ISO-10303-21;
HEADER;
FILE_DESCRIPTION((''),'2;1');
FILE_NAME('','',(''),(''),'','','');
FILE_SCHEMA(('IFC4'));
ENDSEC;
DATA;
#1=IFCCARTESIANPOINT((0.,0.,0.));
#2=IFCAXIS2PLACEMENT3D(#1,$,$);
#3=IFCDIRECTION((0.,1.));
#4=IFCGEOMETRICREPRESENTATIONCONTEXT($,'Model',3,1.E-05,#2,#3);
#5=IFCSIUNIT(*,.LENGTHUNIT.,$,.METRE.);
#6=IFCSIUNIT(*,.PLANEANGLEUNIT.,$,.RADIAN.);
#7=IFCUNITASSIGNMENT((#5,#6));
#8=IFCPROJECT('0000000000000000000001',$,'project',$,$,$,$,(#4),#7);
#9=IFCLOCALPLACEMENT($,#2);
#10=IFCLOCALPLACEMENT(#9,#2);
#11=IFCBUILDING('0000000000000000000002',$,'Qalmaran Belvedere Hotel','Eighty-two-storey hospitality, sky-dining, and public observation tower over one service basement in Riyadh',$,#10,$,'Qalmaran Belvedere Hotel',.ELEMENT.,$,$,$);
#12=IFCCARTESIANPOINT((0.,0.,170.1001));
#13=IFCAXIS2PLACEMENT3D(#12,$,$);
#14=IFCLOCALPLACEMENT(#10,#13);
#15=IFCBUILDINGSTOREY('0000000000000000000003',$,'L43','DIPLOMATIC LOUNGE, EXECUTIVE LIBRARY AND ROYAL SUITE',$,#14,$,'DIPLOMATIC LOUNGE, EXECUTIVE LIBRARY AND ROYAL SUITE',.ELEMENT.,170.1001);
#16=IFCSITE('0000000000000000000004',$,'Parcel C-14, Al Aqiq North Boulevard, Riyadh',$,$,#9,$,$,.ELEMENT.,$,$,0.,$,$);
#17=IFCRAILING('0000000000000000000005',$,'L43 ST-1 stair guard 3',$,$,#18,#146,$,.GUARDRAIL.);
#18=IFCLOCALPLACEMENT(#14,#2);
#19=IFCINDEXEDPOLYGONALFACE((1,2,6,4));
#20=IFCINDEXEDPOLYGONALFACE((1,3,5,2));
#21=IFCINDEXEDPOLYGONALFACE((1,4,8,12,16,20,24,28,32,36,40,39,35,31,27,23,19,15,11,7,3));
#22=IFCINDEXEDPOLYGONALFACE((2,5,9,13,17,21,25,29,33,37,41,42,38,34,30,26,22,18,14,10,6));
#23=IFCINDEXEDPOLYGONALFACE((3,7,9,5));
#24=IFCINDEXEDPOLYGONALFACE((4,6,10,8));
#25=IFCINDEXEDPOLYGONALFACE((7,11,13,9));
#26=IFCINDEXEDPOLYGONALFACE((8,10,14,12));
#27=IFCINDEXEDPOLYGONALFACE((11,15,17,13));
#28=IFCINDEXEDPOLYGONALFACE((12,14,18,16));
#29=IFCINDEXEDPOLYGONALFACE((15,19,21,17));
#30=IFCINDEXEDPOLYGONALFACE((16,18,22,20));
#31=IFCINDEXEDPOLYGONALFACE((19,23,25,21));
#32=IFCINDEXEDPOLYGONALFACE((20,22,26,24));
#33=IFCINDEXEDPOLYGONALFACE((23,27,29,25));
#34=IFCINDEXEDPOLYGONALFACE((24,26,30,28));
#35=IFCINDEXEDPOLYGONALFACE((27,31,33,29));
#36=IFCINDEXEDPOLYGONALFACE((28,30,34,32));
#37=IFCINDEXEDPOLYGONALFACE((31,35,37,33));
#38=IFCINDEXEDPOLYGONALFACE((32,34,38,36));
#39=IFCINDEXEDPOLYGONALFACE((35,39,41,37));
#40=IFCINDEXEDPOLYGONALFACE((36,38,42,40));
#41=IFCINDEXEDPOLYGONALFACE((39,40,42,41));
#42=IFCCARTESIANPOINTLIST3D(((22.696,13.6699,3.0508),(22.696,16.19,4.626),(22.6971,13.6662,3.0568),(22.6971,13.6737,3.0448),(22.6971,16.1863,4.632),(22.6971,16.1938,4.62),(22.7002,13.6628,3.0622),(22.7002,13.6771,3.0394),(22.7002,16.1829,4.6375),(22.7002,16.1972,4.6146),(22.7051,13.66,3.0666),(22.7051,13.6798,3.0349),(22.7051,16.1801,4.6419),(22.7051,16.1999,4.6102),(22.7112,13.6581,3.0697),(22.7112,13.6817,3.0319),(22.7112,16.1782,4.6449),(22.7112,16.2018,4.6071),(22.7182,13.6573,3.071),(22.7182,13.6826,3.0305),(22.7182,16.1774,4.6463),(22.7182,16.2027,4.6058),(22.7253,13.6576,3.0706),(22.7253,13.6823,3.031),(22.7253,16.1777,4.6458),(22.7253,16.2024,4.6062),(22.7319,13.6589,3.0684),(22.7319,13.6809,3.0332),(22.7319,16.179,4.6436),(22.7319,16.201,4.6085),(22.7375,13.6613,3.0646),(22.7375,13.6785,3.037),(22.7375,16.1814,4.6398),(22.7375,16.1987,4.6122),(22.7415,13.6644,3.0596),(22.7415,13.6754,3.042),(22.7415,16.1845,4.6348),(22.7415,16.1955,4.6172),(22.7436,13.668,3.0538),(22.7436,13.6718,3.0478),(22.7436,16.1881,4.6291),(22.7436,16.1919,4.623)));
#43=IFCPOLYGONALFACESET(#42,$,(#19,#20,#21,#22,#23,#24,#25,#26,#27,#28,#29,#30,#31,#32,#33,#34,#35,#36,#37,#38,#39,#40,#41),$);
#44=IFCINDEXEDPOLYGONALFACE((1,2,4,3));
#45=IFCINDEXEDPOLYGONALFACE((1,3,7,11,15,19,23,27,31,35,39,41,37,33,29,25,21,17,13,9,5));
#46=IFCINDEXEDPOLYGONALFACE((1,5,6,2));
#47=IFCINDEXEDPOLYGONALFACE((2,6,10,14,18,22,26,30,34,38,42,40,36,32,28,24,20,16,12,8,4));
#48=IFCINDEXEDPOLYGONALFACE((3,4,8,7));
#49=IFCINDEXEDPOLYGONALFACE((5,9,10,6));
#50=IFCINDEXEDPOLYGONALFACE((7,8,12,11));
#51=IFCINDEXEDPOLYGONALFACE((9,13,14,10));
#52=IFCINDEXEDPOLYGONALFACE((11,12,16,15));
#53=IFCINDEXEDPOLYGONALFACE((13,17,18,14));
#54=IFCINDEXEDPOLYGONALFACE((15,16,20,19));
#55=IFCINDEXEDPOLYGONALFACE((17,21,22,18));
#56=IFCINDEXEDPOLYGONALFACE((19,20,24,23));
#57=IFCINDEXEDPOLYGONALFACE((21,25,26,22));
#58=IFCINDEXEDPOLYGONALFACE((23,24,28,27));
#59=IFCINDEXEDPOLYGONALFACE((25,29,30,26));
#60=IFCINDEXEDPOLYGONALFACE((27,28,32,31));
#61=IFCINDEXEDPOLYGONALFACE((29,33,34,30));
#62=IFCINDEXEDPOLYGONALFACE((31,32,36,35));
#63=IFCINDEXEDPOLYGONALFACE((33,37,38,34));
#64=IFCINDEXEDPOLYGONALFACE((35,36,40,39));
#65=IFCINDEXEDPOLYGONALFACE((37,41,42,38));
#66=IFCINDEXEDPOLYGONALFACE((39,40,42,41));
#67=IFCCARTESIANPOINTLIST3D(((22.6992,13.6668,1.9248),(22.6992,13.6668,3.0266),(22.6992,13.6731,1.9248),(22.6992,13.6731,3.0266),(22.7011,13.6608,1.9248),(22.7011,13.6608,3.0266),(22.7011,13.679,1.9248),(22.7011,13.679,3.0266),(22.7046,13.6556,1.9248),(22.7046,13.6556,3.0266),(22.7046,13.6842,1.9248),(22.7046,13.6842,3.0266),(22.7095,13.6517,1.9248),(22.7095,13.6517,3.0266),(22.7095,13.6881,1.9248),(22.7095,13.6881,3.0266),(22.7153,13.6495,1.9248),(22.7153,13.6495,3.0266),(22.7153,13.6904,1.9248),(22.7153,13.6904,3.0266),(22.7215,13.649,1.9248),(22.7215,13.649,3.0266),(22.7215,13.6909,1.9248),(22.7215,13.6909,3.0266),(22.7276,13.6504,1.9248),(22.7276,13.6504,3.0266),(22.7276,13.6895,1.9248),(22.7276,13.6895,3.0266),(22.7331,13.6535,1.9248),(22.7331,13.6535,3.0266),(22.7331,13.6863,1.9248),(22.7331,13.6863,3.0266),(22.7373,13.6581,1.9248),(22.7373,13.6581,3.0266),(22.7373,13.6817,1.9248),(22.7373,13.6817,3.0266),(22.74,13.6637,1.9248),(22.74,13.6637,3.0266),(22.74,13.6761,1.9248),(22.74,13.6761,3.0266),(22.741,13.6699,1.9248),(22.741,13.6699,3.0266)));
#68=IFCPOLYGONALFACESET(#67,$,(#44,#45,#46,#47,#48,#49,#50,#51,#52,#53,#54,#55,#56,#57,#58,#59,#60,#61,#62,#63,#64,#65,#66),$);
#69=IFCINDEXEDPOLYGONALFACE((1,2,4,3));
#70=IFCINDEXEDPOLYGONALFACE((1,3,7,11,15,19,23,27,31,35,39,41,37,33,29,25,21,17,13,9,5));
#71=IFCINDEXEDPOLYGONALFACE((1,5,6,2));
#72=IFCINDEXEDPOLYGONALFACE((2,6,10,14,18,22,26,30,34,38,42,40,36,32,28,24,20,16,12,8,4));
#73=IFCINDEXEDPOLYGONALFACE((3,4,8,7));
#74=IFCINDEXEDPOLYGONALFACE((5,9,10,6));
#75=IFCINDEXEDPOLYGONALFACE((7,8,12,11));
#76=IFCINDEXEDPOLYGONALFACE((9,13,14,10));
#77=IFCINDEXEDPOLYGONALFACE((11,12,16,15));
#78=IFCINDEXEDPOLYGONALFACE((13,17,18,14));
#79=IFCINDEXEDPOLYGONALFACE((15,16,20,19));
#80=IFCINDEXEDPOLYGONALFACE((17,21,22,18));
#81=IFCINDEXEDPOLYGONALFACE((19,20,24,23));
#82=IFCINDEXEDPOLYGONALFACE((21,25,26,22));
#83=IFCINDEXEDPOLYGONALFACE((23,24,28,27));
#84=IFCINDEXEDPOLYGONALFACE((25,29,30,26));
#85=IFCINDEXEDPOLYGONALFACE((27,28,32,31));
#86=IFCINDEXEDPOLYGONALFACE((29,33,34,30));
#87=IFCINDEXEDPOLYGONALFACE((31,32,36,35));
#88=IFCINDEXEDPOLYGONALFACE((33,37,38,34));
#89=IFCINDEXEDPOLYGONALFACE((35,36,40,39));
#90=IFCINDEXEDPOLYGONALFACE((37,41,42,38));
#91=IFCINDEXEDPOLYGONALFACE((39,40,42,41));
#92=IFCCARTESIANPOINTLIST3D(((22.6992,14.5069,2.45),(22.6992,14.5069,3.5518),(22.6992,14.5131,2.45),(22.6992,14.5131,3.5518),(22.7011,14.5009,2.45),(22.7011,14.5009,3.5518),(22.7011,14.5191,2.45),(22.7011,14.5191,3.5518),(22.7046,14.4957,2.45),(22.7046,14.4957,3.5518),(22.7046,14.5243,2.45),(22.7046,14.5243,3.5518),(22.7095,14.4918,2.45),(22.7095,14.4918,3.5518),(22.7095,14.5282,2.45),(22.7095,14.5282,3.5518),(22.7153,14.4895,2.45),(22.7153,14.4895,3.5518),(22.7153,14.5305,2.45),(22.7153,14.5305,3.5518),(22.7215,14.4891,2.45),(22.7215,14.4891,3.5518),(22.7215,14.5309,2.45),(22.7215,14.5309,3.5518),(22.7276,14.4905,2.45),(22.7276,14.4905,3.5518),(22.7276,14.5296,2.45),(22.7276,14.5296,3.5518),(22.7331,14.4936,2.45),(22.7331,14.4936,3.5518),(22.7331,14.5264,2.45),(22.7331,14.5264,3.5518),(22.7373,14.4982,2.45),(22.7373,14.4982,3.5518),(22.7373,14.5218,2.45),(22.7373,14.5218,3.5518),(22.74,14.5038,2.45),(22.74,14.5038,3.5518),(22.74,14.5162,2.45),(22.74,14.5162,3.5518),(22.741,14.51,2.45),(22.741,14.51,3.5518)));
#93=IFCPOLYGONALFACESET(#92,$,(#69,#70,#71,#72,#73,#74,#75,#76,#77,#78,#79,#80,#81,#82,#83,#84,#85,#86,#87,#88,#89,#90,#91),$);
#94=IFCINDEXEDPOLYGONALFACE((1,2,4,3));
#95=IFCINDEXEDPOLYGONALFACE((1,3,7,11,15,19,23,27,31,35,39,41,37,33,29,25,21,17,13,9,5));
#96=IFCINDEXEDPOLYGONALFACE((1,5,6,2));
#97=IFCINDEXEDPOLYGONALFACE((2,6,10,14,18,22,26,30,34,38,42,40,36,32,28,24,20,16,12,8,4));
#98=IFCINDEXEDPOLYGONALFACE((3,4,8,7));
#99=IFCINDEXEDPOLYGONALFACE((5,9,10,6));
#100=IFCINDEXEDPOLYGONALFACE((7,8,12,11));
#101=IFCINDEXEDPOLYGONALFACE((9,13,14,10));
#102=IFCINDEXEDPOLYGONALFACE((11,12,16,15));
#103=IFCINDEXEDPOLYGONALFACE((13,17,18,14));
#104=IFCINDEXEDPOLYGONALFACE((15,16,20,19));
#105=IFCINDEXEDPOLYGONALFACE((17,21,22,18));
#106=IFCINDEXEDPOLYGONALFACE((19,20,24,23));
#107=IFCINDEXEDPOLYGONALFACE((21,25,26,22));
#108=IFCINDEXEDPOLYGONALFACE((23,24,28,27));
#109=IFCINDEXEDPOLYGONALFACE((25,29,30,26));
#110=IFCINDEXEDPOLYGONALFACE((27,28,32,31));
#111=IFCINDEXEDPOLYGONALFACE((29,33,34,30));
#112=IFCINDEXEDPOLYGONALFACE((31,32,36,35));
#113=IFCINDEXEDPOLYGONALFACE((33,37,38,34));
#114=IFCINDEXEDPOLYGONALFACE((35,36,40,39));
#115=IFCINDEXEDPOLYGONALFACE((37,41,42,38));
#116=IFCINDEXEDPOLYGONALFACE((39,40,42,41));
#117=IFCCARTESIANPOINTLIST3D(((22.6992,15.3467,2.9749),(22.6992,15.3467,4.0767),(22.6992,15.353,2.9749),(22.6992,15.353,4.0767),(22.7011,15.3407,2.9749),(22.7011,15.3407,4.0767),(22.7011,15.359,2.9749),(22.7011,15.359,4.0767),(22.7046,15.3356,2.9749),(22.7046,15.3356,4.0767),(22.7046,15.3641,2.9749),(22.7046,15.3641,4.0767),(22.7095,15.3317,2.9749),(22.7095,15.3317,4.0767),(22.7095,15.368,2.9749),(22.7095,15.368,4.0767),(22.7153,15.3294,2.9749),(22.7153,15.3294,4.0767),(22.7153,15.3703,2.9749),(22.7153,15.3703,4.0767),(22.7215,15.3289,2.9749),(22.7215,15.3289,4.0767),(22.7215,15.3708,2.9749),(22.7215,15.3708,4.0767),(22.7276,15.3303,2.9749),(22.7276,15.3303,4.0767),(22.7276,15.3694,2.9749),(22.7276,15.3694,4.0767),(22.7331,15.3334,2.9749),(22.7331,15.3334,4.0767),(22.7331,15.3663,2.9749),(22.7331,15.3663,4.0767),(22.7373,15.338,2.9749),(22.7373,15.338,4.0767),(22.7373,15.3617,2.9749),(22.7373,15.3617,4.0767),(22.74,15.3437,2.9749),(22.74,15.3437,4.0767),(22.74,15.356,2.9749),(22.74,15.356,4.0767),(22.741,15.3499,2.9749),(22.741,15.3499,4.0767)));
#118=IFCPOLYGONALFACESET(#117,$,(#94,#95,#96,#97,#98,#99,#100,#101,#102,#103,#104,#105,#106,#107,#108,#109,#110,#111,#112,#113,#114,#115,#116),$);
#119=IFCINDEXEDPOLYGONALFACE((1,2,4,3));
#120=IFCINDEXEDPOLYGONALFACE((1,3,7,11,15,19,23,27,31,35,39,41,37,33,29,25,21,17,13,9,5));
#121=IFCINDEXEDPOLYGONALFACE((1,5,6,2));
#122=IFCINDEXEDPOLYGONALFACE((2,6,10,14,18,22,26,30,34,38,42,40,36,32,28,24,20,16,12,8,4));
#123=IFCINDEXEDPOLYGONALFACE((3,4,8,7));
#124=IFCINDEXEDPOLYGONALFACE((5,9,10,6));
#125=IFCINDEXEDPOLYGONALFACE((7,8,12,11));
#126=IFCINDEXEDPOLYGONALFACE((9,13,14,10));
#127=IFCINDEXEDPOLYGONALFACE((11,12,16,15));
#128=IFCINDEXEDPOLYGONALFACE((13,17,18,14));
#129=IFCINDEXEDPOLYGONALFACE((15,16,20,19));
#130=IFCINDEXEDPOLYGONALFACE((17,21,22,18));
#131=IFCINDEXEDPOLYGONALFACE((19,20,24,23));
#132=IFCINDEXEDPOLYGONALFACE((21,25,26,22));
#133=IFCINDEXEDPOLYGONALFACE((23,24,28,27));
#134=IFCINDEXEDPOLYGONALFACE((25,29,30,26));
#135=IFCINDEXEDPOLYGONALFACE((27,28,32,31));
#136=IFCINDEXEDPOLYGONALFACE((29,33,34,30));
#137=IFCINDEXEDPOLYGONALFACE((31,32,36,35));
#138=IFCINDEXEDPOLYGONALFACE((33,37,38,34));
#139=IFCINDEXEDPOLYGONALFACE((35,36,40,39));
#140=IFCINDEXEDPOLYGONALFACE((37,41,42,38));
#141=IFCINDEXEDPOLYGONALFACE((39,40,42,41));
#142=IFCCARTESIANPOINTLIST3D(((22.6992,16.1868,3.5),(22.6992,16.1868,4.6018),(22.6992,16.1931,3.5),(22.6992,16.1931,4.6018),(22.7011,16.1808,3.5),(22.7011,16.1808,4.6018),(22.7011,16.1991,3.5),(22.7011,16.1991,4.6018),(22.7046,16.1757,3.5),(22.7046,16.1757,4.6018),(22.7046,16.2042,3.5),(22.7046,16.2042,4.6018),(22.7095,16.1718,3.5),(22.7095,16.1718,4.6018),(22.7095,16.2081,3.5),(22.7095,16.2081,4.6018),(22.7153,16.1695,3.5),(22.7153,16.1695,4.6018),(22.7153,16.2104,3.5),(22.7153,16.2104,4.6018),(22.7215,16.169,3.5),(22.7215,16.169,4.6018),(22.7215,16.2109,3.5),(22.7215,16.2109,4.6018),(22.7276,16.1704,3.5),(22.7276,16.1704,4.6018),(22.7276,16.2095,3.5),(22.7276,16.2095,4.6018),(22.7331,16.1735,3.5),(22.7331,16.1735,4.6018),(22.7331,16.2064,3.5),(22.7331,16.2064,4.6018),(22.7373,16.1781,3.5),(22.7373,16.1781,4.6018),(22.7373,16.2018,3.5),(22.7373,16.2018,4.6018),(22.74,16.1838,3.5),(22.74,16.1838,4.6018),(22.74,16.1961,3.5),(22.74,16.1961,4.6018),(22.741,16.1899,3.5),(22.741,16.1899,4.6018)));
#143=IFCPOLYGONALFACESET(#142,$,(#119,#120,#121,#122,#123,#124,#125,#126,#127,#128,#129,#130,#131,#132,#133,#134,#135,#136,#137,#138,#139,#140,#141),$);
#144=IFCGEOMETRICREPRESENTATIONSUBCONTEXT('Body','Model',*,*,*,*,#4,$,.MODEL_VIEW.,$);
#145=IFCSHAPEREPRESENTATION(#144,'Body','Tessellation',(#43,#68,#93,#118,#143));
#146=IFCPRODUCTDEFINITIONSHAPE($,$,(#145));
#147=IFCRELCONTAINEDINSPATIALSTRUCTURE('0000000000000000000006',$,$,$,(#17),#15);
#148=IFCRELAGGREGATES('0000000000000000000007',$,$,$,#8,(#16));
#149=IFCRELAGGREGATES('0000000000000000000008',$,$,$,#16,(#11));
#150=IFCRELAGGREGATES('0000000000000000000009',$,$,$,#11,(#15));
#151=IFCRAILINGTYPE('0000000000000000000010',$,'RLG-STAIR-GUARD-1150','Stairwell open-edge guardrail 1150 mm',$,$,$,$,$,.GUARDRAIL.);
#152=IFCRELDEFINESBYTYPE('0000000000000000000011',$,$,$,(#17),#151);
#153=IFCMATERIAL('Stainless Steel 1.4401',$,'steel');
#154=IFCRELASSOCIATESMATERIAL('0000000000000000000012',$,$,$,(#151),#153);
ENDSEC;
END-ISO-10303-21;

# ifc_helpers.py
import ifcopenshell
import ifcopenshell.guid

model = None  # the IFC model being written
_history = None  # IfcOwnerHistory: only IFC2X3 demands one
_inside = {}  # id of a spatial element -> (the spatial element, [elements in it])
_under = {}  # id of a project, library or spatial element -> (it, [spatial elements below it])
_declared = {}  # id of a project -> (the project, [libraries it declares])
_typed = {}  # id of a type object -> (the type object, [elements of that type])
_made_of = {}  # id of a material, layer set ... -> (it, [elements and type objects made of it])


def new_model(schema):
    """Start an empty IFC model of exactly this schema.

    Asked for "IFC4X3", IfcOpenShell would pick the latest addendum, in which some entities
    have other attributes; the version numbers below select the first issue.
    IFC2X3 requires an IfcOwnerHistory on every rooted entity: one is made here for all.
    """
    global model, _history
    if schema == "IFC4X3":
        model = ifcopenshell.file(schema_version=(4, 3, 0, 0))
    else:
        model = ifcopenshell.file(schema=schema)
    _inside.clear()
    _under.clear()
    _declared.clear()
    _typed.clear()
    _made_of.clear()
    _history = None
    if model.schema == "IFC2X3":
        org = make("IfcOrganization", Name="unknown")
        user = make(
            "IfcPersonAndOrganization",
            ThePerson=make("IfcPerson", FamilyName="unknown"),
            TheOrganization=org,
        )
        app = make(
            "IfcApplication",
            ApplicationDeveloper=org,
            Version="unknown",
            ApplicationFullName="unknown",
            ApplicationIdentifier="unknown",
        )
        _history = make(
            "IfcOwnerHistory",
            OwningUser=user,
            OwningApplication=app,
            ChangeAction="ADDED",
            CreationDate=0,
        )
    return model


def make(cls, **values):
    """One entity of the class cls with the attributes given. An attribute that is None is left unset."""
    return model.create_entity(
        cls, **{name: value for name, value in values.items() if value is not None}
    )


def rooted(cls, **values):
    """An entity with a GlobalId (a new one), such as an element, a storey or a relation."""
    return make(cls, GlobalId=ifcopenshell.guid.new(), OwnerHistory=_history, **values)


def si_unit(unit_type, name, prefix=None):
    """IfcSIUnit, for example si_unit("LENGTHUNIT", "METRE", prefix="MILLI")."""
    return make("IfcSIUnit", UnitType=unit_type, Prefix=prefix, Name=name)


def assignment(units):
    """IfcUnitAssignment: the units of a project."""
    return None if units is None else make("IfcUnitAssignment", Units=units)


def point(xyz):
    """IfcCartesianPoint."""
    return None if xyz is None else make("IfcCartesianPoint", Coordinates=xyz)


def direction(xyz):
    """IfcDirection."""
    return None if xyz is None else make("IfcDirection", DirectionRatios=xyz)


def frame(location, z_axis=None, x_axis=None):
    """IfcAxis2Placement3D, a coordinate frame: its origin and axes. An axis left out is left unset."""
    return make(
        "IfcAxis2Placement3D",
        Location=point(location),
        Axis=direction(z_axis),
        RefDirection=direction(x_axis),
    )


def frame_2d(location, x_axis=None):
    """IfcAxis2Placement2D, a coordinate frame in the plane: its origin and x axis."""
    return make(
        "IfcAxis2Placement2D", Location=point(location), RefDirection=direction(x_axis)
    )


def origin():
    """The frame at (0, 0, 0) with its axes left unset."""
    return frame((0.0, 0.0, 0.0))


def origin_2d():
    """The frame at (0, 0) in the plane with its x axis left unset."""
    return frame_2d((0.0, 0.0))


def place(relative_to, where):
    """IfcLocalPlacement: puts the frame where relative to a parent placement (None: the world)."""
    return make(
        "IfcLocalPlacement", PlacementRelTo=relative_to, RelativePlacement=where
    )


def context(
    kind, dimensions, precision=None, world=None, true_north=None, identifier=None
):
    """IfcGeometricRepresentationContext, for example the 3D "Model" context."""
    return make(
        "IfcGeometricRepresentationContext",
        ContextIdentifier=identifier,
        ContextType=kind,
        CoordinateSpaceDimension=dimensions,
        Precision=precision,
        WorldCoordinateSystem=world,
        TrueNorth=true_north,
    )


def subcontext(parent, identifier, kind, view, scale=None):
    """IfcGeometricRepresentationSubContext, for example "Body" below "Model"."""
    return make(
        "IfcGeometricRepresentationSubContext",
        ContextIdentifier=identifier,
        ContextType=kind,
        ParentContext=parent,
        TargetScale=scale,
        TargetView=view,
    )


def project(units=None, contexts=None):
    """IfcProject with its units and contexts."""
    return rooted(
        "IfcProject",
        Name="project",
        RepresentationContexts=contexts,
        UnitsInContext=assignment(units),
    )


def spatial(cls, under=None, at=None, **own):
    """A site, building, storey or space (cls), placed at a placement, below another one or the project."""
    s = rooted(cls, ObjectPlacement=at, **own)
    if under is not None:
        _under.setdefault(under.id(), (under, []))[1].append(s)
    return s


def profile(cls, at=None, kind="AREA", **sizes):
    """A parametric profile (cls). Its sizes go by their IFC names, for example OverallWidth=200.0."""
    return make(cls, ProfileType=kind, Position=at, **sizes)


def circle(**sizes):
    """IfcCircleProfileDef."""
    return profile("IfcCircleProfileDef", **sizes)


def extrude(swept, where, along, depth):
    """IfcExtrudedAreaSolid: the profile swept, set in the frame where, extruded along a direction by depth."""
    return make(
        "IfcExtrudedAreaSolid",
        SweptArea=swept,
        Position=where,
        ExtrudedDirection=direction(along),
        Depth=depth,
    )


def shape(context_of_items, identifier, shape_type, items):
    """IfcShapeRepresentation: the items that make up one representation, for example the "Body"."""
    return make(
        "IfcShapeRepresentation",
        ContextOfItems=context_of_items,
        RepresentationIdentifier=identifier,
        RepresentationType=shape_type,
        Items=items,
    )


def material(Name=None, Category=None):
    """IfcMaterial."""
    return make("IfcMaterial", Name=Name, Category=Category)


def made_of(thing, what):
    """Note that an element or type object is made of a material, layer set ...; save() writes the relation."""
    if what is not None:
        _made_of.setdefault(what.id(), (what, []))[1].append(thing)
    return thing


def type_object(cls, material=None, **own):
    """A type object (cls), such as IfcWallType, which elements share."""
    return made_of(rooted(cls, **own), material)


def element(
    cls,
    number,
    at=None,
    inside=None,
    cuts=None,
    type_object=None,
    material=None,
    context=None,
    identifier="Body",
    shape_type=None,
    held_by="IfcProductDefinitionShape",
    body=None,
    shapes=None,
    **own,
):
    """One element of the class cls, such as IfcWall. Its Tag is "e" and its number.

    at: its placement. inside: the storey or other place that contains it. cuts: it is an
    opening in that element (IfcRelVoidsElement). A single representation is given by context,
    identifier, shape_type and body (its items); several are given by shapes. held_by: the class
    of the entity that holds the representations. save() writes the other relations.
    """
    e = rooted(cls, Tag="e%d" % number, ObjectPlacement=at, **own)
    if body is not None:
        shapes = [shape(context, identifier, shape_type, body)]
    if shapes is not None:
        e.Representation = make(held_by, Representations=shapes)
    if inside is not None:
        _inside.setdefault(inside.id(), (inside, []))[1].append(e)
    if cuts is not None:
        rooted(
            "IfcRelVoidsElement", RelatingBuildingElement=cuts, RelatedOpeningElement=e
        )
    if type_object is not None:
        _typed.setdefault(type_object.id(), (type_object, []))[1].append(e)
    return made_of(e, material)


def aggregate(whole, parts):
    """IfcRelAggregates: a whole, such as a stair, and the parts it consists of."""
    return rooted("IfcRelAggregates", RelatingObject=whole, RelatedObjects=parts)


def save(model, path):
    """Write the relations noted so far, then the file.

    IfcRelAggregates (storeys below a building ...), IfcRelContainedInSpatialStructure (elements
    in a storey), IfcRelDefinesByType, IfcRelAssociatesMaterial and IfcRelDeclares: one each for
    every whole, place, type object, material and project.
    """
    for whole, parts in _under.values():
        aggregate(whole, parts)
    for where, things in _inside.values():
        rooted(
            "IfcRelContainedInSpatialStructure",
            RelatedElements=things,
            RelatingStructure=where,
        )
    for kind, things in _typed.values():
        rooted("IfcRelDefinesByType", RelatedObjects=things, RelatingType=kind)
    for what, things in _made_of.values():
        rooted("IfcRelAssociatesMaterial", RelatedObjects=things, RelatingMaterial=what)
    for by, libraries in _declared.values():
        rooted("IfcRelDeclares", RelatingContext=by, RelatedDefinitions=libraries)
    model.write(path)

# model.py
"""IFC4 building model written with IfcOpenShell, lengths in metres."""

from ifc_helpers import new_model, si_unit, direction, frame, origin, origin_2d, place, context, subcontext, project, spatial, circle, extrude, material, type_object, element, save


model = new_model("IFC4")

# Units and contexts
model_context = context("Model", 3, precision=1e-05, world=origin(), true_north=direction((0.0, 1.0)))
body_context = subcontext(model_context, "Body", "Model", "MODEL_VIEW")
ifc_project = project(units=[si_unit("LENGTHUNIT", "METRE"), si_unit("PLANEANGLEUNIT", "RADIAN")], contexts=[model_context])

# Site, building, storey
site_placement = place(None, origin())
site = spatial("IfcSite", under=ifc_project, at=site_placement, Name="Parcel C-14, Al Aqiq North Boulevard, Riyadh", CompositionType="ELEMENT", RefElevation=0.0)
building_placement = place(site_placement, origin())
building = spatial("IfcBuilding", under=site, at=building_placement, Name="Qalmaran Belvedere Hotel", Description="Eighty-two-storey hospitality, sky-dining, and public observation tower over one service basement in Riyadh", LongName="Qalmaran Belvedere Hotel", CompositionType="ELEMENT")
storey_placement = place(building_placement, frame((0.0, 0.0, 170.1001)))
storey = spatial("IfcBuildingStorey", under=building, at=storey_placement, Name="L43", Description="DIPLOMATIC LOUNGE, EXECUTIVE LIBRARY AND ROYAL SUITE", LongName="DIPLOMATIC LOUNGE, EXECUTIVE LIBRARY AND ROYAL SUITE", CompositionType="ELEMENT", Elevation=170.1001)

# Shared definitions
ifc_material_1 = material(Name="Stainless Steel 1.4401", Category="steel")

# Railing
railing_type_1 = type_object("IfcRailingType", Name="RLG-STAIR-GUARD-1150", Description="Stairwell open-edge guardrail 1150 mm", PredefinedType="GUARDRAIL", material=ifc_material_1)
railing_1_placement = place(storey_placement, frame((22.72, 13.6699, 1.9248)))
element("IfcRailing", 1, at=railing_1_placement, inside=storey, type_object=railing_type_1, Name="L43 ST-1 stair guard 3", PredefinedType="GUARDRAIL", context=body_context, shape_type="SweptSolid", body=[
    extrude(circle(Radius=0.0239, at=origin_2d()), frame((0.0, 0.0, 1.126), z_axis=(0.0, 0.847971, 0.530043), x_axis=(-1.0, 0.0, 0.0)), (0.0, 0.0, 1.0), 2.9719),
    extrude(circle(Radius=0.021, at=origin_2d()), origin(), (0.0, 0.0, 1.0), 1.1018),
    extrude(circle(Radius=0.021, at=origin_2d()), frame((0.0, 0.8401, 0.5251)), (0.0, 0.0, 1.0), 1.1018),
    extrude(circle(Radius=0.021, at=origin_2d()), frame((0.0, 1.6799, 1.05)), (0.0, 0.0, 1.0), 1.1018),
    extrude(circle(Radius=0.021, at=origin_2d()), frame((0.0, 2.52, 1.5752)), (0.0, 0.0, 1.0), 1.1018),
])

save(model, "model.ifc")
